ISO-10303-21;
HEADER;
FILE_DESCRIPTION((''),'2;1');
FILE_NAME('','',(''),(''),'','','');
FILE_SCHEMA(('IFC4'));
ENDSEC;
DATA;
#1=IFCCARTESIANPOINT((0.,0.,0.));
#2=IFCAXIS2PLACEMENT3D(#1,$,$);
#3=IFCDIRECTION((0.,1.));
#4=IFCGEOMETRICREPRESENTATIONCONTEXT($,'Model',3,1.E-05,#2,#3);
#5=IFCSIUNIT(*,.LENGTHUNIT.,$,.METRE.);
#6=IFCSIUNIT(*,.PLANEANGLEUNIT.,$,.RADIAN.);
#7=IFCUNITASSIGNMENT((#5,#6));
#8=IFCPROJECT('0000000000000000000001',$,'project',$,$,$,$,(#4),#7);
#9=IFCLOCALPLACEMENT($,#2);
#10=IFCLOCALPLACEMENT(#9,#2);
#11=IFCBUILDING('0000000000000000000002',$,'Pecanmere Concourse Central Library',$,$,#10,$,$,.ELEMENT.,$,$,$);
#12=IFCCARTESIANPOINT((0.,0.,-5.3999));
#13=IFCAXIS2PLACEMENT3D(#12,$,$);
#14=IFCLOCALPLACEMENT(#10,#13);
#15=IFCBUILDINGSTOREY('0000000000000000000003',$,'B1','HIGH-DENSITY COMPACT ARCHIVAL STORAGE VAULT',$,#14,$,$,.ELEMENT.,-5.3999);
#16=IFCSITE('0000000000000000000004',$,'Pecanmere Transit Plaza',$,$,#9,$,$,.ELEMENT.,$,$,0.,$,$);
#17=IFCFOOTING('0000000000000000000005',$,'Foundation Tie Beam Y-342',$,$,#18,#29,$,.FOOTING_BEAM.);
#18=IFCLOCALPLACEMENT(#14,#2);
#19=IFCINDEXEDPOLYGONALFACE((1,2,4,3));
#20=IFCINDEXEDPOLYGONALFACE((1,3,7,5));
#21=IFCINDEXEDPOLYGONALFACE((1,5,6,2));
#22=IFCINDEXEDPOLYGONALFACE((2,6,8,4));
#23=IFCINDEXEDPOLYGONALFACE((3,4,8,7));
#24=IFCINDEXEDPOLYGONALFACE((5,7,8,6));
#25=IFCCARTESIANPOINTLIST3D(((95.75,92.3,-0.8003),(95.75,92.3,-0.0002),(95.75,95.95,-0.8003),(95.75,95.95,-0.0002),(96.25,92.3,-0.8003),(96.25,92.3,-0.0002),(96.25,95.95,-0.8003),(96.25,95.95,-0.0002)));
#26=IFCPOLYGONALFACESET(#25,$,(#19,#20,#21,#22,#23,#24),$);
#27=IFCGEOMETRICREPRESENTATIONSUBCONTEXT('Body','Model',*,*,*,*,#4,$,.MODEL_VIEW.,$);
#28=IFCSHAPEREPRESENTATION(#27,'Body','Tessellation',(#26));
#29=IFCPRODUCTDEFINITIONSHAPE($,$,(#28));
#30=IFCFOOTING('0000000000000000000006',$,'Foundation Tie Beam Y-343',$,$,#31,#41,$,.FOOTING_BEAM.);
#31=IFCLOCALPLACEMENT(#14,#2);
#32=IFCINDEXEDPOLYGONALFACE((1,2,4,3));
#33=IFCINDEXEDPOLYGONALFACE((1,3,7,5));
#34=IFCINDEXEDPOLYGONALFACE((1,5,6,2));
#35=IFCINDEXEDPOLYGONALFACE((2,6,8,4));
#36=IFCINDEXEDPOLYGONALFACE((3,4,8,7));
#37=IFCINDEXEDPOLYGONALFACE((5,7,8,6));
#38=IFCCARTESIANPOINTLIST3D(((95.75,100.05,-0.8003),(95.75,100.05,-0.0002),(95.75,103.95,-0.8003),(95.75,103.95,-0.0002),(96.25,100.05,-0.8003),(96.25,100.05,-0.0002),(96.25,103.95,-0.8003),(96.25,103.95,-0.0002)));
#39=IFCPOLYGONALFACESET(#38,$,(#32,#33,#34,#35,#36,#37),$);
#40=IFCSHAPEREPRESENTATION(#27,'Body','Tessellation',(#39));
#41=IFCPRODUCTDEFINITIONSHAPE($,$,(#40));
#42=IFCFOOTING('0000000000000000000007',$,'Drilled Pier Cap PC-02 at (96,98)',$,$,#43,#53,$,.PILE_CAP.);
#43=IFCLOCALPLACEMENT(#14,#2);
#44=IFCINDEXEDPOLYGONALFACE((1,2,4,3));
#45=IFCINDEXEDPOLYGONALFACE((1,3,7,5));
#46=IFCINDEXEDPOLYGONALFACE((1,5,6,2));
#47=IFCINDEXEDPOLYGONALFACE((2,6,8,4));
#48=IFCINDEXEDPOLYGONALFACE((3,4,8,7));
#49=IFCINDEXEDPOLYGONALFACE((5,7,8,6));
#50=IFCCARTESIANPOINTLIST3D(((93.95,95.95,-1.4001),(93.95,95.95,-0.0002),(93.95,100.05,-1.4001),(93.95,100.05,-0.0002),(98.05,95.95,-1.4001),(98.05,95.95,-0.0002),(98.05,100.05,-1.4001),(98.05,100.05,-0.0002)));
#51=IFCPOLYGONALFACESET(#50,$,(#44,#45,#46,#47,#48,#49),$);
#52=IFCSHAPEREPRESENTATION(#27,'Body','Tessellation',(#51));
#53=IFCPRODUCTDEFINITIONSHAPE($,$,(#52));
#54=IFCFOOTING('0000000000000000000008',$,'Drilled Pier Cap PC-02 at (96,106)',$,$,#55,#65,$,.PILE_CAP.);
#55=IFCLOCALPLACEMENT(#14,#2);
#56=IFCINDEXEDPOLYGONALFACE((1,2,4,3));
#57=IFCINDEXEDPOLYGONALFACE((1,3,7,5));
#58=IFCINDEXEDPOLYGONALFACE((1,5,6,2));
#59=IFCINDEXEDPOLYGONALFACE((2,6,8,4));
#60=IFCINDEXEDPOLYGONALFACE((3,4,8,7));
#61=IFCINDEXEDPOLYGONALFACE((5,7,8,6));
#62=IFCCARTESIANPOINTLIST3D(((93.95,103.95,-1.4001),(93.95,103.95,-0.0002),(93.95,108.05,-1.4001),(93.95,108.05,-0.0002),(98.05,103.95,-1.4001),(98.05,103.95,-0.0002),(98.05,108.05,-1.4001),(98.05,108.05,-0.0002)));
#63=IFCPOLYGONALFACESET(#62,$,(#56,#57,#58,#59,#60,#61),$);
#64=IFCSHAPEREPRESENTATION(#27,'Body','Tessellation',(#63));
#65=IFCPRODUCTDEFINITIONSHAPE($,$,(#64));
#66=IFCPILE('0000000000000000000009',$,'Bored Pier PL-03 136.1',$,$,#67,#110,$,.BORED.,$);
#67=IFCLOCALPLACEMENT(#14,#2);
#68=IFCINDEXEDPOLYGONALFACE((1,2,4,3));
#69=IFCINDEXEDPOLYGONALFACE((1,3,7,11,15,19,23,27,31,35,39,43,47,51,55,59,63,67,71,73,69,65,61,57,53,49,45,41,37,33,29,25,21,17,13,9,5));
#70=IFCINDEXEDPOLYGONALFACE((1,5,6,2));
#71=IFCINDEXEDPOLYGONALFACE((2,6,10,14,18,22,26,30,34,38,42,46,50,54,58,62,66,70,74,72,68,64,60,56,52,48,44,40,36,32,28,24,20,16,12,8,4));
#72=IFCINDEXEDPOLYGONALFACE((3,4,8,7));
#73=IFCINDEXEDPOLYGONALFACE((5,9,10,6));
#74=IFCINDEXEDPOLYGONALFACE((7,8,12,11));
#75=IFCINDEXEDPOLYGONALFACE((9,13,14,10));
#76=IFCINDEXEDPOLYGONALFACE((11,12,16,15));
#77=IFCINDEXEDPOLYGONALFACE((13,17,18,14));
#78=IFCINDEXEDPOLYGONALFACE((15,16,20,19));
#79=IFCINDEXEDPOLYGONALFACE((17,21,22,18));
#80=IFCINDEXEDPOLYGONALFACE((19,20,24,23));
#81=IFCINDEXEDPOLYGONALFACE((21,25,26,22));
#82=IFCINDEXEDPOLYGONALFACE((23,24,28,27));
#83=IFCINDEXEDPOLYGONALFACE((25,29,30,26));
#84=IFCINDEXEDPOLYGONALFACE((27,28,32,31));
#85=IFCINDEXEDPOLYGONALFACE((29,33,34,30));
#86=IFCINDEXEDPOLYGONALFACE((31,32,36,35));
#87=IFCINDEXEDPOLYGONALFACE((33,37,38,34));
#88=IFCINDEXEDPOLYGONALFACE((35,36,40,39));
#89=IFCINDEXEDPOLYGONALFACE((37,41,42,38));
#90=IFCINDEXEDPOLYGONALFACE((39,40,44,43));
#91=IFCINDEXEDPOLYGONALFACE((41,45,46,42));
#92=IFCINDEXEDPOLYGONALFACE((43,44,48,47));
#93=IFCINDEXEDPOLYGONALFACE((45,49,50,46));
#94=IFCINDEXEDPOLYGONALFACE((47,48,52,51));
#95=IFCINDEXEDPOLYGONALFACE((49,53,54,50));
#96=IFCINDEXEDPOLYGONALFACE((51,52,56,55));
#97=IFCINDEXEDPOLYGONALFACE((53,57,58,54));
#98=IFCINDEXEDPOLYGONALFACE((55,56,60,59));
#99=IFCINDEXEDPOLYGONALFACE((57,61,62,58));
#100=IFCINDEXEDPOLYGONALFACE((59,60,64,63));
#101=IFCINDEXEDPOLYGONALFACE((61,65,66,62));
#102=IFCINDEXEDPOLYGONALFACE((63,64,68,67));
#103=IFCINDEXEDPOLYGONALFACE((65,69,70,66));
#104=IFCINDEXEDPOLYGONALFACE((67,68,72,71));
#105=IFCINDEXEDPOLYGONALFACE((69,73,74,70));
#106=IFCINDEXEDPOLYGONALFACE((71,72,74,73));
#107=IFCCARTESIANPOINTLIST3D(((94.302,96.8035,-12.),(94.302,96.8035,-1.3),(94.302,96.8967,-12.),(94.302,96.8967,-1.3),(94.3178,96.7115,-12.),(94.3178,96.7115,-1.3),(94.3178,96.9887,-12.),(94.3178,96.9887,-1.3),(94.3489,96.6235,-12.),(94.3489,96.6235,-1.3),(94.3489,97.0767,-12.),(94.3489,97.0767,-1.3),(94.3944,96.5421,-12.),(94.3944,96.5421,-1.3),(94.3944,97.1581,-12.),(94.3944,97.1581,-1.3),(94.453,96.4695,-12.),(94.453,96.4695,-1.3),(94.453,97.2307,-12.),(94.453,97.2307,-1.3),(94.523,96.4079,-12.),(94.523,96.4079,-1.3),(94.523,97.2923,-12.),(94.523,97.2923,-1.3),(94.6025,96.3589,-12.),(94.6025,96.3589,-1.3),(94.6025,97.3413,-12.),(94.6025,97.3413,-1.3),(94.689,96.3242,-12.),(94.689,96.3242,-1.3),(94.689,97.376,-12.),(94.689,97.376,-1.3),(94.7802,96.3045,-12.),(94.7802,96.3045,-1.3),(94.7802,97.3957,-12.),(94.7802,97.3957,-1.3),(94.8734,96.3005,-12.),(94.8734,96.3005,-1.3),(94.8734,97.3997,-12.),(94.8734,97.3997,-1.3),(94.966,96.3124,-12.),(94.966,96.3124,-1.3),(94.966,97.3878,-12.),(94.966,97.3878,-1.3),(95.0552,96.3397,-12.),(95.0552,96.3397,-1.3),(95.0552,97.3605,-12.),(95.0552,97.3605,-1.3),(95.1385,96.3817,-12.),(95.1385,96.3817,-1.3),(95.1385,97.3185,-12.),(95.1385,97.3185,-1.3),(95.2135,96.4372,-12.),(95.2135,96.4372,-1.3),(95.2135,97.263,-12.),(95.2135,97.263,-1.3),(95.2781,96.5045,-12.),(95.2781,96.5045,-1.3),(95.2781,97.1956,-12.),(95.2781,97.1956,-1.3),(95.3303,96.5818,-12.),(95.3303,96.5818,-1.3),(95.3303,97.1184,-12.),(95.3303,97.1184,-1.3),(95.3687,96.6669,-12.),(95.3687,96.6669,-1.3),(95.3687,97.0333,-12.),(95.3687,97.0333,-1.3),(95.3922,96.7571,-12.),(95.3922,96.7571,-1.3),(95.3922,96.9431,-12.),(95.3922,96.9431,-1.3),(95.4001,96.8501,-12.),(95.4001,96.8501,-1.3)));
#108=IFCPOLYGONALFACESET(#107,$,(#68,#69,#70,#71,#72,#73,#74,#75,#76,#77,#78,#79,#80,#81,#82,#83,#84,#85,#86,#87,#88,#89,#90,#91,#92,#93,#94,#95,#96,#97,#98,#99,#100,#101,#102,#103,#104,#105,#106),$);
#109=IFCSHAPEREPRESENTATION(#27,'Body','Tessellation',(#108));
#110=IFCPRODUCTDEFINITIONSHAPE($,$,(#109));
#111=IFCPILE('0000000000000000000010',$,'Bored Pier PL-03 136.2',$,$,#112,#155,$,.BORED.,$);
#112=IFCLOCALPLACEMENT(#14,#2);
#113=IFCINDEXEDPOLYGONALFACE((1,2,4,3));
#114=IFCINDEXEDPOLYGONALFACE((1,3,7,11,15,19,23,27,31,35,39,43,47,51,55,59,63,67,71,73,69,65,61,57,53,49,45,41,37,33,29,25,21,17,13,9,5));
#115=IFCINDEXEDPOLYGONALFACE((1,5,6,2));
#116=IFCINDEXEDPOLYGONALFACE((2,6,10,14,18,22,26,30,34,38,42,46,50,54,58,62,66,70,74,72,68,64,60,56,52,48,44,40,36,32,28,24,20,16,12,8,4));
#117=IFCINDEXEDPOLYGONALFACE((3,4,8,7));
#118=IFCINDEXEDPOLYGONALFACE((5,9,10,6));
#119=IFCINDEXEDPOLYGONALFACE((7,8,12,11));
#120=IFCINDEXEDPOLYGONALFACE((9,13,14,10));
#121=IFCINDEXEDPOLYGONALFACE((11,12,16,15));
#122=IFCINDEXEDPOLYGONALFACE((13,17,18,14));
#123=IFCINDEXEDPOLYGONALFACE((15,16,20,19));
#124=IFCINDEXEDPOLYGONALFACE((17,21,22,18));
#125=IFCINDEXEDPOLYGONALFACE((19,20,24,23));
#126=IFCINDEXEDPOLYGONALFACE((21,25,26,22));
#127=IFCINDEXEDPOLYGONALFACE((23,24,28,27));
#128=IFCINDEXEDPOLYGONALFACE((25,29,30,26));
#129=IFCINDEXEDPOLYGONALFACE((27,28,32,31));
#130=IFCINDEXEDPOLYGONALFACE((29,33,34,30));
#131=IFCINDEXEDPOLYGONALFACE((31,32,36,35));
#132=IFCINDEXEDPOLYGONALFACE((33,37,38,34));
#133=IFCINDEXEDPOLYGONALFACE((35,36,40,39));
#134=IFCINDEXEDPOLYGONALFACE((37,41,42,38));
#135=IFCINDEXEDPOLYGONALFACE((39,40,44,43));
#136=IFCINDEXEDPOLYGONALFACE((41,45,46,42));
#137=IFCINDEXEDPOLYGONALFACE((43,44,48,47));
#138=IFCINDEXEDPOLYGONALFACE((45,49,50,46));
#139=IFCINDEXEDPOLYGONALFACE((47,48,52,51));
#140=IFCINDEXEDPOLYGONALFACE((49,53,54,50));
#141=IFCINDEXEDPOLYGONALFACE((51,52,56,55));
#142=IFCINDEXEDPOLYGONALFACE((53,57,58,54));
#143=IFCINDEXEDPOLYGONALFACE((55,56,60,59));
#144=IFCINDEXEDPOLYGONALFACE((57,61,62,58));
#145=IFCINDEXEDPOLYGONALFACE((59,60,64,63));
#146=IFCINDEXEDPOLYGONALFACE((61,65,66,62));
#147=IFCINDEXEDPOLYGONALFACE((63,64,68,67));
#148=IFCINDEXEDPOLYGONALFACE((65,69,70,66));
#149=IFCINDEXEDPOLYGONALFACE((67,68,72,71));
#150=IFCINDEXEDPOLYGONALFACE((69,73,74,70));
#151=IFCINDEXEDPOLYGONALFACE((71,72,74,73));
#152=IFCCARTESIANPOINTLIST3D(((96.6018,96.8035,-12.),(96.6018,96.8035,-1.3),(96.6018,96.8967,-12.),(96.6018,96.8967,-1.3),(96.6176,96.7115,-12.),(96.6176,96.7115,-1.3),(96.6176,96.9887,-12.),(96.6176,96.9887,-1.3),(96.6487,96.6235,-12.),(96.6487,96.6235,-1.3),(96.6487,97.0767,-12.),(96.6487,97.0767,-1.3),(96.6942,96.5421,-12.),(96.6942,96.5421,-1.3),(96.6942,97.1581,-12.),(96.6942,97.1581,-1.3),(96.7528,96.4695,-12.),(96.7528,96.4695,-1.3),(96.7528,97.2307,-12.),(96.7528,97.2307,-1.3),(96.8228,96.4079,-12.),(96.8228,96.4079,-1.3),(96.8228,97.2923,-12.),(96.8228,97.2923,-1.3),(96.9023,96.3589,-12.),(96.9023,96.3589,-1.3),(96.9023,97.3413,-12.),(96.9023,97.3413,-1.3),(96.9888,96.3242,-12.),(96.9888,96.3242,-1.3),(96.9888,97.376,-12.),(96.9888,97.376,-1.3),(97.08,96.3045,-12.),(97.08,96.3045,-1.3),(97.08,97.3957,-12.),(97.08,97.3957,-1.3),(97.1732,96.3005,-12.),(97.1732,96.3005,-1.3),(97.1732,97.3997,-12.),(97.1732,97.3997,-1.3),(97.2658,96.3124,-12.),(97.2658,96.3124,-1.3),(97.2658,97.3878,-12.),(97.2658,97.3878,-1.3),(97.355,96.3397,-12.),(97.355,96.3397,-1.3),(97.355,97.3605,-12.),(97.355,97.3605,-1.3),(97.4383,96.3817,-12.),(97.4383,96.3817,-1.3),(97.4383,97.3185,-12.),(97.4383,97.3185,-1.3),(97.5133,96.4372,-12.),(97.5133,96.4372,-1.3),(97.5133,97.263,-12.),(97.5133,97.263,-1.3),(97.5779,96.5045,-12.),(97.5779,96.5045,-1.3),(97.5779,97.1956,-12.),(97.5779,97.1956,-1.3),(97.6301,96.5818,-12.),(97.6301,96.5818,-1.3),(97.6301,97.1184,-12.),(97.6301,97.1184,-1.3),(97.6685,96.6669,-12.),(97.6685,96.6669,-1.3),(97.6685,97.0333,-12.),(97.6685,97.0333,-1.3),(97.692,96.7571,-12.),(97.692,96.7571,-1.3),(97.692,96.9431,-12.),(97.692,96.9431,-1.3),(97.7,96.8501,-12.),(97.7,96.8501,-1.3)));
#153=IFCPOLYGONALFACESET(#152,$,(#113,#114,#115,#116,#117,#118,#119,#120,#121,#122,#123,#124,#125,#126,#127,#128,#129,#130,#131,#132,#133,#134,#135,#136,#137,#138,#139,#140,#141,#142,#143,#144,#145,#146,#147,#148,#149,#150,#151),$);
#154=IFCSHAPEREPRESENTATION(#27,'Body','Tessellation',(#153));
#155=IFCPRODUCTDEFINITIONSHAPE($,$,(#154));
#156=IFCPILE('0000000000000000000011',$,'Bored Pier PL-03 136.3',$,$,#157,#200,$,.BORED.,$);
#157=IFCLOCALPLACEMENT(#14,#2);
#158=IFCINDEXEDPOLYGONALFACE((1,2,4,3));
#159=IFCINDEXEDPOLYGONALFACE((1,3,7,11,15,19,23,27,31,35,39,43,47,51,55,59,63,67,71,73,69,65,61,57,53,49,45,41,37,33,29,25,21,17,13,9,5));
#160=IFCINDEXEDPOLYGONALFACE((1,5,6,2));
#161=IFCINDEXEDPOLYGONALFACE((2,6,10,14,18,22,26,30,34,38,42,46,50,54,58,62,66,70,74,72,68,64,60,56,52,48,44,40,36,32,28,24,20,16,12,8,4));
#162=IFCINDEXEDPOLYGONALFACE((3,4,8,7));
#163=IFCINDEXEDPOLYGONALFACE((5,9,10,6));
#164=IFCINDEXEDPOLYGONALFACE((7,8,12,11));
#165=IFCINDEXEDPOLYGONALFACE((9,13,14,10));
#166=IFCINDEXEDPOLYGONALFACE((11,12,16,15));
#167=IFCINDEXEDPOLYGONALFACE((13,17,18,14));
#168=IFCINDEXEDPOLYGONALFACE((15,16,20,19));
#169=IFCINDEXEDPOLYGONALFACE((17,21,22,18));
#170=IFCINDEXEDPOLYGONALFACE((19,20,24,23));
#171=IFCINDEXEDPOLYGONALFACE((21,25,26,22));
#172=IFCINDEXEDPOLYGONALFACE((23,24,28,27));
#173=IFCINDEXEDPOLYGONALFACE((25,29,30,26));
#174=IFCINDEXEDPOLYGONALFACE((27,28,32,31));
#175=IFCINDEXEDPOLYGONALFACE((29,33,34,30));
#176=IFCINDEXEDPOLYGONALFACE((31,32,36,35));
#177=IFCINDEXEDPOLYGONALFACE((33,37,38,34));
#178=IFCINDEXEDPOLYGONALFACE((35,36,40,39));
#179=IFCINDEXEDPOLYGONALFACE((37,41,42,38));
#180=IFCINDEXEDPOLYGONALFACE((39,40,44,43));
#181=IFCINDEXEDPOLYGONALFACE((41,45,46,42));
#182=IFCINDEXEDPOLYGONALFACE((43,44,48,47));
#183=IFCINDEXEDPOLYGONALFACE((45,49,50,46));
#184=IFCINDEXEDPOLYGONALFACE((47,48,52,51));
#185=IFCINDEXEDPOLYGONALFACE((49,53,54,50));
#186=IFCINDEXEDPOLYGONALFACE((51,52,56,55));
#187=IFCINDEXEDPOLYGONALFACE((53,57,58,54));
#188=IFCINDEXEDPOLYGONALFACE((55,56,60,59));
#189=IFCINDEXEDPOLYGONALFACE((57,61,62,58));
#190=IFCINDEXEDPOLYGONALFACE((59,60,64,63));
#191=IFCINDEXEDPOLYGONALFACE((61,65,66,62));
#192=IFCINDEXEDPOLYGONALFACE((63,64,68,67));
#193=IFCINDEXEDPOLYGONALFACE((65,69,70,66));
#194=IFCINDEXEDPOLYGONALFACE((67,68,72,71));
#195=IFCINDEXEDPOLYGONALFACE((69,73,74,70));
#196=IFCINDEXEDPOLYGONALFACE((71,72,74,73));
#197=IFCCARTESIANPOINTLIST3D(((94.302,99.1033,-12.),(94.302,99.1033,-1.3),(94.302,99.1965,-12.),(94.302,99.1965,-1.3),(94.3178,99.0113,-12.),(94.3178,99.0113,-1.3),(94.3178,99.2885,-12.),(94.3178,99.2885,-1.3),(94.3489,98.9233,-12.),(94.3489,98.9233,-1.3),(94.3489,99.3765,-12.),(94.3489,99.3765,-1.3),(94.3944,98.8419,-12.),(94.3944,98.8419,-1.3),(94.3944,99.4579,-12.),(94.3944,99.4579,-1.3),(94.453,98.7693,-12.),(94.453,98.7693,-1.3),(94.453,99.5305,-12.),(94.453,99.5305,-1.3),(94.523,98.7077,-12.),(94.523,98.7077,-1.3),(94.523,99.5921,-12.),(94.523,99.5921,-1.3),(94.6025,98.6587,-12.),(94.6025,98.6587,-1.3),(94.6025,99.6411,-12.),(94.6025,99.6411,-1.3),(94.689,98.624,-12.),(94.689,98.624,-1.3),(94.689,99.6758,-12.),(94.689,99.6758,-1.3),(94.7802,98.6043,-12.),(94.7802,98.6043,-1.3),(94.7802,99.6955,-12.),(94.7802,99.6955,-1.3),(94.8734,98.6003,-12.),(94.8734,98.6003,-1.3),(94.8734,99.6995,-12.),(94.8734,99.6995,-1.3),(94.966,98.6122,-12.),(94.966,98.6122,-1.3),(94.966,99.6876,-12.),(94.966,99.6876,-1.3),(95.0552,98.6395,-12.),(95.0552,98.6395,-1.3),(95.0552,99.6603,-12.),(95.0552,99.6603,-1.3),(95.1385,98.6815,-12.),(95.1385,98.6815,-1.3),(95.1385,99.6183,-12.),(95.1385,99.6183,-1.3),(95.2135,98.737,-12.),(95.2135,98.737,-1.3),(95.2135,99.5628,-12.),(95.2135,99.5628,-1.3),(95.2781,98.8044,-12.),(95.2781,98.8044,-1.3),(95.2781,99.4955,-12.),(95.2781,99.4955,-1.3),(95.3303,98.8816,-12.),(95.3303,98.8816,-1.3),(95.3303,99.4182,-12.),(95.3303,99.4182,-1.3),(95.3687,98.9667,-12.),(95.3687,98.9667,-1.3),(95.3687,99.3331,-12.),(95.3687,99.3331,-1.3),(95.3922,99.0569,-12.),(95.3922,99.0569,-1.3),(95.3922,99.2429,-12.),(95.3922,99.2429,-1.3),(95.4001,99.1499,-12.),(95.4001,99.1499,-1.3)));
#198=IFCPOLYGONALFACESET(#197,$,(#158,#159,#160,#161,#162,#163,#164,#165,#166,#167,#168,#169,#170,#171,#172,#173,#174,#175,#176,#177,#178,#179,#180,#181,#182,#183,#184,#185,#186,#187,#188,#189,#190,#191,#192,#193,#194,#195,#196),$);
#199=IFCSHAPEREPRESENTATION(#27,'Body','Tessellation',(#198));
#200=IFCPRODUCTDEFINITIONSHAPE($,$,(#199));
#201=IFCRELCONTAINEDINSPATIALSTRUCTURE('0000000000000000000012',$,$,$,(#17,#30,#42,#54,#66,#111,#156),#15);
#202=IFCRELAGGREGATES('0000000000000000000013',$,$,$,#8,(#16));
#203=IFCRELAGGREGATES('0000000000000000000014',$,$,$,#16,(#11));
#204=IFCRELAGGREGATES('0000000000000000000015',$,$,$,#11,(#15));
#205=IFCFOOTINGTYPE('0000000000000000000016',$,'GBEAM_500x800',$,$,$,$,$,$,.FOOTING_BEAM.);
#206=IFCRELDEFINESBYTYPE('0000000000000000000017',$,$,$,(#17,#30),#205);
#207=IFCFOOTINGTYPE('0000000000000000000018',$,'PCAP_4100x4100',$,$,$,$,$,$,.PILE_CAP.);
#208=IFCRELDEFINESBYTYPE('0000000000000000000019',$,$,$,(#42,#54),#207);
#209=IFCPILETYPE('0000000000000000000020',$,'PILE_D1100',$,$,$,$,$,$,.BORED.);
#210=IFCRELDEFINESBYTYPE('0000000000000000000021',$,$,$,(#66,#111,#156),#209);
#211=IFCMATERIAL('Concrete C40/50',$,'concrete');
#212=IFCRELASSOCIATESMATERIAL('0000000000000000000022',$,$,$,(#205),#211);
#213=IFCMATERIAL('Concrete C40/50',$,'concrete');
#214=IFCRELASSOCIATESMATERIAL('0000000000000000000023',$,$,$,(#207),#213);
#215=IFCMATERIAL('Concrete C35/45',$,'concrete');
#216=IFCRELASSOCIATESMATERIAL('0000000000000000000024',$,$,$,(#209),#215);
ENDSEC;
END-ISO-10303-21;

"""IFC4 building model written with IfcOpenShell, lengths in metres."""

from ifc_helpers import new_model, si_unit, direction, frame, origin, origin_2d, place, context, subcontext, project, spatial, rectangle, circle, extrude, material, material_profile, profile_set, type_object, element, save


model = new_model("IFC4")

# Units and contexts
model_context = context("Model", 3, precision=1e-05, world=origin(), true_north=direction((0.0, 1.0)))
body_context = subcontext(model_context, "Body", "Model", "MODEL_VIEW")
ifc_project = project(units=[si_unit("LENGTHUNIT", "METRE"), si_unit("PLANEANGLEUNIT", "RADIAN")], contexts=[model_context])

# Site, building, storey
site_placement = place(None, origin())
site = spatial("IfcSite", under=ifc_project, at=site_placement, Name="Pecanmere Transit Plaza", CompositionType="ELEMENT", RefElevation=0.0)
building_placement = place(site_placement, origin())
building = spatial("IfcBuilding", under=site, at=building_placement, Name="Pecanmere Concourse Central Library", CompositionType="ELEMENT")
storey_placement = place(building_placement, frame((0.0, 0.0, -5.3999)))
storey = spatial("IfcBuildingStorey", under=building, at=storey_placement, Name="B1", Description="HIGH-DENSITY COMPACT ARCHIVAL STORAGE VAULT", CompositionType="ELEMENT", Elevation=-5.3999)

# Footings
ifc_material_1 = material(Name="Concrete C40/50", Category="concrete")
ifc_material_profile_1 = material_profile(ifc_material_1, rectangle(XDim=0.5, YDim=0.8, at=origin_2d()), Name="RC 500x800")
ifc_profile_set_1 = profile_set([ifc_material_profile_1], Name="Concrete C40/50")
footing_type_1 = type_object("IfcFootingType", Name="GBEAM_500x800", PredefinedType="FOOTING_BEAM", material=ifc_profile_set_1)
footing_1_placement = place(storey_placement, frame((96.0, 94.125, -0.8003), z_axis=(0.0, 0.0, 1.0), x_axis=(0.0, 1.0, 0.0)))
element("IfcFooting", 1, at=footing_1_placement, inside=storey, type_object=footing_type_1, Name="Foundation Tie Beam Y-342", PredefinedType="FOOTING_BEAM", context=body_context, shape_type="SweptSolid", body=[
    extrude(rectangle(XDim=3.6499, YDim=0.5, at=origin_2d()), origin(), (0.0, 0.0, 1.0), 0.8),
])
footing_2_placement = place(storey_placement, frame((96.0, 102.0, -0.8003), z_axis=(0.0, 0.0, 1.0), x_axis=(0.0, 1.0, 0.0)))
element("IfcFooting", 2, at=footing_2_placement, inside=storey, type_object=footing_type_1, Name="Foundation Tie Beam Y-343", PredefinedType="FOOTING_BEAM", context=body_context, shape_type="SweptSolid", body=[
    extrude(rectangle(XDim=3.8999, YDim=0.5, at=origin_2d()), origin(), (0.0, 0.0, 1.0), 0.8),
])
ifc_material_2 = material(Name="Concrete C40/50", Category="concrete")
footing_type_2 = type_object("IfcFootingType", Name="PCAP_4100x4100", PredefinedType="PILE_CAP", material=ifc_material_2)
for number, where, z_axis, x_axis, name in (
    (3, (96.0, 98.0, -1.4001), (0.0, 0.0, 1.0), (1.0, 0.0, 0.0), "Drilled Pier Cap PC-02 at (96,98)"),
    (4, (96.0, 106.0, -1.4001), (0.0, 0.0, 1.0), (1.0, 0.0, 0.0), "Drilled Pier Cap PC-02 at (96,106)"),
):
    element("IfcFooting", number, at=place(storey_placement, frame(where, z_axis=z_axis, x_axis=x_axis)), inside=storey, type_object=footing_type_2, Name=name, PredefinedType="PILE_CAP", context=body_context, shape_type="SweptSolid", body=[
        extrude(rectangle(XDim=4.1001, YDim=4.1001, at=origin_2d()), origin(), (0.0, 0.0, 1.0), 1.3999),
    ])

# Piles
ifc_material_3 = material(Name="Concrete C35/45", Category="concrete")
ifc_material_profile_2 = material_profile(ifc_material_3, circle(Radius=0.55, at=origin_2d()), Name="PIER D1100")
ifc_profile_set_2 = profile_set([ifc_material_profile_2], Name="Concrete C35/45")
pile_type_1 = type_object("IfcPileType", Name="PILE_D1100", PredefinedType="BORED", material=ifc_profile_set_2)
for number, where, z_axis, x_axis, name in (
    (5, (94.8501, 96.8501, -1.3), (0.0, 0.0, -1.0), (1.0, 0.0, 0.0), "Bored Pier PL-03 136.1"),
    (6, (97.1499, 96.8501, -1.3), (0.0, 0.0, -1.0), (1.0, 0.0, 0.0), "Bored Pier PL-03 136.2"),
    (7, (94.8501, 99.1499, -1.3), (0.0, 0.0, -1.0), (1.0, 0.0, 0.0), "Bored Pier PL-03 136.3"),
):
    element("IfcPile", number, at=place(storey_placement, frame(where, z_axis=z_axis, x_axis=x_axis)), inside=storey, type_object=pile_type_1, Name=name, PredefinedType="BORED", context=body_context, shape_type="SweptSolid", body=[
        extrude(circle(Radius=0.55, at=origin_2d()), origin(), (0.0, 0.0, 1.0), 10.7),
    ])

save(model, "model.ifc")
